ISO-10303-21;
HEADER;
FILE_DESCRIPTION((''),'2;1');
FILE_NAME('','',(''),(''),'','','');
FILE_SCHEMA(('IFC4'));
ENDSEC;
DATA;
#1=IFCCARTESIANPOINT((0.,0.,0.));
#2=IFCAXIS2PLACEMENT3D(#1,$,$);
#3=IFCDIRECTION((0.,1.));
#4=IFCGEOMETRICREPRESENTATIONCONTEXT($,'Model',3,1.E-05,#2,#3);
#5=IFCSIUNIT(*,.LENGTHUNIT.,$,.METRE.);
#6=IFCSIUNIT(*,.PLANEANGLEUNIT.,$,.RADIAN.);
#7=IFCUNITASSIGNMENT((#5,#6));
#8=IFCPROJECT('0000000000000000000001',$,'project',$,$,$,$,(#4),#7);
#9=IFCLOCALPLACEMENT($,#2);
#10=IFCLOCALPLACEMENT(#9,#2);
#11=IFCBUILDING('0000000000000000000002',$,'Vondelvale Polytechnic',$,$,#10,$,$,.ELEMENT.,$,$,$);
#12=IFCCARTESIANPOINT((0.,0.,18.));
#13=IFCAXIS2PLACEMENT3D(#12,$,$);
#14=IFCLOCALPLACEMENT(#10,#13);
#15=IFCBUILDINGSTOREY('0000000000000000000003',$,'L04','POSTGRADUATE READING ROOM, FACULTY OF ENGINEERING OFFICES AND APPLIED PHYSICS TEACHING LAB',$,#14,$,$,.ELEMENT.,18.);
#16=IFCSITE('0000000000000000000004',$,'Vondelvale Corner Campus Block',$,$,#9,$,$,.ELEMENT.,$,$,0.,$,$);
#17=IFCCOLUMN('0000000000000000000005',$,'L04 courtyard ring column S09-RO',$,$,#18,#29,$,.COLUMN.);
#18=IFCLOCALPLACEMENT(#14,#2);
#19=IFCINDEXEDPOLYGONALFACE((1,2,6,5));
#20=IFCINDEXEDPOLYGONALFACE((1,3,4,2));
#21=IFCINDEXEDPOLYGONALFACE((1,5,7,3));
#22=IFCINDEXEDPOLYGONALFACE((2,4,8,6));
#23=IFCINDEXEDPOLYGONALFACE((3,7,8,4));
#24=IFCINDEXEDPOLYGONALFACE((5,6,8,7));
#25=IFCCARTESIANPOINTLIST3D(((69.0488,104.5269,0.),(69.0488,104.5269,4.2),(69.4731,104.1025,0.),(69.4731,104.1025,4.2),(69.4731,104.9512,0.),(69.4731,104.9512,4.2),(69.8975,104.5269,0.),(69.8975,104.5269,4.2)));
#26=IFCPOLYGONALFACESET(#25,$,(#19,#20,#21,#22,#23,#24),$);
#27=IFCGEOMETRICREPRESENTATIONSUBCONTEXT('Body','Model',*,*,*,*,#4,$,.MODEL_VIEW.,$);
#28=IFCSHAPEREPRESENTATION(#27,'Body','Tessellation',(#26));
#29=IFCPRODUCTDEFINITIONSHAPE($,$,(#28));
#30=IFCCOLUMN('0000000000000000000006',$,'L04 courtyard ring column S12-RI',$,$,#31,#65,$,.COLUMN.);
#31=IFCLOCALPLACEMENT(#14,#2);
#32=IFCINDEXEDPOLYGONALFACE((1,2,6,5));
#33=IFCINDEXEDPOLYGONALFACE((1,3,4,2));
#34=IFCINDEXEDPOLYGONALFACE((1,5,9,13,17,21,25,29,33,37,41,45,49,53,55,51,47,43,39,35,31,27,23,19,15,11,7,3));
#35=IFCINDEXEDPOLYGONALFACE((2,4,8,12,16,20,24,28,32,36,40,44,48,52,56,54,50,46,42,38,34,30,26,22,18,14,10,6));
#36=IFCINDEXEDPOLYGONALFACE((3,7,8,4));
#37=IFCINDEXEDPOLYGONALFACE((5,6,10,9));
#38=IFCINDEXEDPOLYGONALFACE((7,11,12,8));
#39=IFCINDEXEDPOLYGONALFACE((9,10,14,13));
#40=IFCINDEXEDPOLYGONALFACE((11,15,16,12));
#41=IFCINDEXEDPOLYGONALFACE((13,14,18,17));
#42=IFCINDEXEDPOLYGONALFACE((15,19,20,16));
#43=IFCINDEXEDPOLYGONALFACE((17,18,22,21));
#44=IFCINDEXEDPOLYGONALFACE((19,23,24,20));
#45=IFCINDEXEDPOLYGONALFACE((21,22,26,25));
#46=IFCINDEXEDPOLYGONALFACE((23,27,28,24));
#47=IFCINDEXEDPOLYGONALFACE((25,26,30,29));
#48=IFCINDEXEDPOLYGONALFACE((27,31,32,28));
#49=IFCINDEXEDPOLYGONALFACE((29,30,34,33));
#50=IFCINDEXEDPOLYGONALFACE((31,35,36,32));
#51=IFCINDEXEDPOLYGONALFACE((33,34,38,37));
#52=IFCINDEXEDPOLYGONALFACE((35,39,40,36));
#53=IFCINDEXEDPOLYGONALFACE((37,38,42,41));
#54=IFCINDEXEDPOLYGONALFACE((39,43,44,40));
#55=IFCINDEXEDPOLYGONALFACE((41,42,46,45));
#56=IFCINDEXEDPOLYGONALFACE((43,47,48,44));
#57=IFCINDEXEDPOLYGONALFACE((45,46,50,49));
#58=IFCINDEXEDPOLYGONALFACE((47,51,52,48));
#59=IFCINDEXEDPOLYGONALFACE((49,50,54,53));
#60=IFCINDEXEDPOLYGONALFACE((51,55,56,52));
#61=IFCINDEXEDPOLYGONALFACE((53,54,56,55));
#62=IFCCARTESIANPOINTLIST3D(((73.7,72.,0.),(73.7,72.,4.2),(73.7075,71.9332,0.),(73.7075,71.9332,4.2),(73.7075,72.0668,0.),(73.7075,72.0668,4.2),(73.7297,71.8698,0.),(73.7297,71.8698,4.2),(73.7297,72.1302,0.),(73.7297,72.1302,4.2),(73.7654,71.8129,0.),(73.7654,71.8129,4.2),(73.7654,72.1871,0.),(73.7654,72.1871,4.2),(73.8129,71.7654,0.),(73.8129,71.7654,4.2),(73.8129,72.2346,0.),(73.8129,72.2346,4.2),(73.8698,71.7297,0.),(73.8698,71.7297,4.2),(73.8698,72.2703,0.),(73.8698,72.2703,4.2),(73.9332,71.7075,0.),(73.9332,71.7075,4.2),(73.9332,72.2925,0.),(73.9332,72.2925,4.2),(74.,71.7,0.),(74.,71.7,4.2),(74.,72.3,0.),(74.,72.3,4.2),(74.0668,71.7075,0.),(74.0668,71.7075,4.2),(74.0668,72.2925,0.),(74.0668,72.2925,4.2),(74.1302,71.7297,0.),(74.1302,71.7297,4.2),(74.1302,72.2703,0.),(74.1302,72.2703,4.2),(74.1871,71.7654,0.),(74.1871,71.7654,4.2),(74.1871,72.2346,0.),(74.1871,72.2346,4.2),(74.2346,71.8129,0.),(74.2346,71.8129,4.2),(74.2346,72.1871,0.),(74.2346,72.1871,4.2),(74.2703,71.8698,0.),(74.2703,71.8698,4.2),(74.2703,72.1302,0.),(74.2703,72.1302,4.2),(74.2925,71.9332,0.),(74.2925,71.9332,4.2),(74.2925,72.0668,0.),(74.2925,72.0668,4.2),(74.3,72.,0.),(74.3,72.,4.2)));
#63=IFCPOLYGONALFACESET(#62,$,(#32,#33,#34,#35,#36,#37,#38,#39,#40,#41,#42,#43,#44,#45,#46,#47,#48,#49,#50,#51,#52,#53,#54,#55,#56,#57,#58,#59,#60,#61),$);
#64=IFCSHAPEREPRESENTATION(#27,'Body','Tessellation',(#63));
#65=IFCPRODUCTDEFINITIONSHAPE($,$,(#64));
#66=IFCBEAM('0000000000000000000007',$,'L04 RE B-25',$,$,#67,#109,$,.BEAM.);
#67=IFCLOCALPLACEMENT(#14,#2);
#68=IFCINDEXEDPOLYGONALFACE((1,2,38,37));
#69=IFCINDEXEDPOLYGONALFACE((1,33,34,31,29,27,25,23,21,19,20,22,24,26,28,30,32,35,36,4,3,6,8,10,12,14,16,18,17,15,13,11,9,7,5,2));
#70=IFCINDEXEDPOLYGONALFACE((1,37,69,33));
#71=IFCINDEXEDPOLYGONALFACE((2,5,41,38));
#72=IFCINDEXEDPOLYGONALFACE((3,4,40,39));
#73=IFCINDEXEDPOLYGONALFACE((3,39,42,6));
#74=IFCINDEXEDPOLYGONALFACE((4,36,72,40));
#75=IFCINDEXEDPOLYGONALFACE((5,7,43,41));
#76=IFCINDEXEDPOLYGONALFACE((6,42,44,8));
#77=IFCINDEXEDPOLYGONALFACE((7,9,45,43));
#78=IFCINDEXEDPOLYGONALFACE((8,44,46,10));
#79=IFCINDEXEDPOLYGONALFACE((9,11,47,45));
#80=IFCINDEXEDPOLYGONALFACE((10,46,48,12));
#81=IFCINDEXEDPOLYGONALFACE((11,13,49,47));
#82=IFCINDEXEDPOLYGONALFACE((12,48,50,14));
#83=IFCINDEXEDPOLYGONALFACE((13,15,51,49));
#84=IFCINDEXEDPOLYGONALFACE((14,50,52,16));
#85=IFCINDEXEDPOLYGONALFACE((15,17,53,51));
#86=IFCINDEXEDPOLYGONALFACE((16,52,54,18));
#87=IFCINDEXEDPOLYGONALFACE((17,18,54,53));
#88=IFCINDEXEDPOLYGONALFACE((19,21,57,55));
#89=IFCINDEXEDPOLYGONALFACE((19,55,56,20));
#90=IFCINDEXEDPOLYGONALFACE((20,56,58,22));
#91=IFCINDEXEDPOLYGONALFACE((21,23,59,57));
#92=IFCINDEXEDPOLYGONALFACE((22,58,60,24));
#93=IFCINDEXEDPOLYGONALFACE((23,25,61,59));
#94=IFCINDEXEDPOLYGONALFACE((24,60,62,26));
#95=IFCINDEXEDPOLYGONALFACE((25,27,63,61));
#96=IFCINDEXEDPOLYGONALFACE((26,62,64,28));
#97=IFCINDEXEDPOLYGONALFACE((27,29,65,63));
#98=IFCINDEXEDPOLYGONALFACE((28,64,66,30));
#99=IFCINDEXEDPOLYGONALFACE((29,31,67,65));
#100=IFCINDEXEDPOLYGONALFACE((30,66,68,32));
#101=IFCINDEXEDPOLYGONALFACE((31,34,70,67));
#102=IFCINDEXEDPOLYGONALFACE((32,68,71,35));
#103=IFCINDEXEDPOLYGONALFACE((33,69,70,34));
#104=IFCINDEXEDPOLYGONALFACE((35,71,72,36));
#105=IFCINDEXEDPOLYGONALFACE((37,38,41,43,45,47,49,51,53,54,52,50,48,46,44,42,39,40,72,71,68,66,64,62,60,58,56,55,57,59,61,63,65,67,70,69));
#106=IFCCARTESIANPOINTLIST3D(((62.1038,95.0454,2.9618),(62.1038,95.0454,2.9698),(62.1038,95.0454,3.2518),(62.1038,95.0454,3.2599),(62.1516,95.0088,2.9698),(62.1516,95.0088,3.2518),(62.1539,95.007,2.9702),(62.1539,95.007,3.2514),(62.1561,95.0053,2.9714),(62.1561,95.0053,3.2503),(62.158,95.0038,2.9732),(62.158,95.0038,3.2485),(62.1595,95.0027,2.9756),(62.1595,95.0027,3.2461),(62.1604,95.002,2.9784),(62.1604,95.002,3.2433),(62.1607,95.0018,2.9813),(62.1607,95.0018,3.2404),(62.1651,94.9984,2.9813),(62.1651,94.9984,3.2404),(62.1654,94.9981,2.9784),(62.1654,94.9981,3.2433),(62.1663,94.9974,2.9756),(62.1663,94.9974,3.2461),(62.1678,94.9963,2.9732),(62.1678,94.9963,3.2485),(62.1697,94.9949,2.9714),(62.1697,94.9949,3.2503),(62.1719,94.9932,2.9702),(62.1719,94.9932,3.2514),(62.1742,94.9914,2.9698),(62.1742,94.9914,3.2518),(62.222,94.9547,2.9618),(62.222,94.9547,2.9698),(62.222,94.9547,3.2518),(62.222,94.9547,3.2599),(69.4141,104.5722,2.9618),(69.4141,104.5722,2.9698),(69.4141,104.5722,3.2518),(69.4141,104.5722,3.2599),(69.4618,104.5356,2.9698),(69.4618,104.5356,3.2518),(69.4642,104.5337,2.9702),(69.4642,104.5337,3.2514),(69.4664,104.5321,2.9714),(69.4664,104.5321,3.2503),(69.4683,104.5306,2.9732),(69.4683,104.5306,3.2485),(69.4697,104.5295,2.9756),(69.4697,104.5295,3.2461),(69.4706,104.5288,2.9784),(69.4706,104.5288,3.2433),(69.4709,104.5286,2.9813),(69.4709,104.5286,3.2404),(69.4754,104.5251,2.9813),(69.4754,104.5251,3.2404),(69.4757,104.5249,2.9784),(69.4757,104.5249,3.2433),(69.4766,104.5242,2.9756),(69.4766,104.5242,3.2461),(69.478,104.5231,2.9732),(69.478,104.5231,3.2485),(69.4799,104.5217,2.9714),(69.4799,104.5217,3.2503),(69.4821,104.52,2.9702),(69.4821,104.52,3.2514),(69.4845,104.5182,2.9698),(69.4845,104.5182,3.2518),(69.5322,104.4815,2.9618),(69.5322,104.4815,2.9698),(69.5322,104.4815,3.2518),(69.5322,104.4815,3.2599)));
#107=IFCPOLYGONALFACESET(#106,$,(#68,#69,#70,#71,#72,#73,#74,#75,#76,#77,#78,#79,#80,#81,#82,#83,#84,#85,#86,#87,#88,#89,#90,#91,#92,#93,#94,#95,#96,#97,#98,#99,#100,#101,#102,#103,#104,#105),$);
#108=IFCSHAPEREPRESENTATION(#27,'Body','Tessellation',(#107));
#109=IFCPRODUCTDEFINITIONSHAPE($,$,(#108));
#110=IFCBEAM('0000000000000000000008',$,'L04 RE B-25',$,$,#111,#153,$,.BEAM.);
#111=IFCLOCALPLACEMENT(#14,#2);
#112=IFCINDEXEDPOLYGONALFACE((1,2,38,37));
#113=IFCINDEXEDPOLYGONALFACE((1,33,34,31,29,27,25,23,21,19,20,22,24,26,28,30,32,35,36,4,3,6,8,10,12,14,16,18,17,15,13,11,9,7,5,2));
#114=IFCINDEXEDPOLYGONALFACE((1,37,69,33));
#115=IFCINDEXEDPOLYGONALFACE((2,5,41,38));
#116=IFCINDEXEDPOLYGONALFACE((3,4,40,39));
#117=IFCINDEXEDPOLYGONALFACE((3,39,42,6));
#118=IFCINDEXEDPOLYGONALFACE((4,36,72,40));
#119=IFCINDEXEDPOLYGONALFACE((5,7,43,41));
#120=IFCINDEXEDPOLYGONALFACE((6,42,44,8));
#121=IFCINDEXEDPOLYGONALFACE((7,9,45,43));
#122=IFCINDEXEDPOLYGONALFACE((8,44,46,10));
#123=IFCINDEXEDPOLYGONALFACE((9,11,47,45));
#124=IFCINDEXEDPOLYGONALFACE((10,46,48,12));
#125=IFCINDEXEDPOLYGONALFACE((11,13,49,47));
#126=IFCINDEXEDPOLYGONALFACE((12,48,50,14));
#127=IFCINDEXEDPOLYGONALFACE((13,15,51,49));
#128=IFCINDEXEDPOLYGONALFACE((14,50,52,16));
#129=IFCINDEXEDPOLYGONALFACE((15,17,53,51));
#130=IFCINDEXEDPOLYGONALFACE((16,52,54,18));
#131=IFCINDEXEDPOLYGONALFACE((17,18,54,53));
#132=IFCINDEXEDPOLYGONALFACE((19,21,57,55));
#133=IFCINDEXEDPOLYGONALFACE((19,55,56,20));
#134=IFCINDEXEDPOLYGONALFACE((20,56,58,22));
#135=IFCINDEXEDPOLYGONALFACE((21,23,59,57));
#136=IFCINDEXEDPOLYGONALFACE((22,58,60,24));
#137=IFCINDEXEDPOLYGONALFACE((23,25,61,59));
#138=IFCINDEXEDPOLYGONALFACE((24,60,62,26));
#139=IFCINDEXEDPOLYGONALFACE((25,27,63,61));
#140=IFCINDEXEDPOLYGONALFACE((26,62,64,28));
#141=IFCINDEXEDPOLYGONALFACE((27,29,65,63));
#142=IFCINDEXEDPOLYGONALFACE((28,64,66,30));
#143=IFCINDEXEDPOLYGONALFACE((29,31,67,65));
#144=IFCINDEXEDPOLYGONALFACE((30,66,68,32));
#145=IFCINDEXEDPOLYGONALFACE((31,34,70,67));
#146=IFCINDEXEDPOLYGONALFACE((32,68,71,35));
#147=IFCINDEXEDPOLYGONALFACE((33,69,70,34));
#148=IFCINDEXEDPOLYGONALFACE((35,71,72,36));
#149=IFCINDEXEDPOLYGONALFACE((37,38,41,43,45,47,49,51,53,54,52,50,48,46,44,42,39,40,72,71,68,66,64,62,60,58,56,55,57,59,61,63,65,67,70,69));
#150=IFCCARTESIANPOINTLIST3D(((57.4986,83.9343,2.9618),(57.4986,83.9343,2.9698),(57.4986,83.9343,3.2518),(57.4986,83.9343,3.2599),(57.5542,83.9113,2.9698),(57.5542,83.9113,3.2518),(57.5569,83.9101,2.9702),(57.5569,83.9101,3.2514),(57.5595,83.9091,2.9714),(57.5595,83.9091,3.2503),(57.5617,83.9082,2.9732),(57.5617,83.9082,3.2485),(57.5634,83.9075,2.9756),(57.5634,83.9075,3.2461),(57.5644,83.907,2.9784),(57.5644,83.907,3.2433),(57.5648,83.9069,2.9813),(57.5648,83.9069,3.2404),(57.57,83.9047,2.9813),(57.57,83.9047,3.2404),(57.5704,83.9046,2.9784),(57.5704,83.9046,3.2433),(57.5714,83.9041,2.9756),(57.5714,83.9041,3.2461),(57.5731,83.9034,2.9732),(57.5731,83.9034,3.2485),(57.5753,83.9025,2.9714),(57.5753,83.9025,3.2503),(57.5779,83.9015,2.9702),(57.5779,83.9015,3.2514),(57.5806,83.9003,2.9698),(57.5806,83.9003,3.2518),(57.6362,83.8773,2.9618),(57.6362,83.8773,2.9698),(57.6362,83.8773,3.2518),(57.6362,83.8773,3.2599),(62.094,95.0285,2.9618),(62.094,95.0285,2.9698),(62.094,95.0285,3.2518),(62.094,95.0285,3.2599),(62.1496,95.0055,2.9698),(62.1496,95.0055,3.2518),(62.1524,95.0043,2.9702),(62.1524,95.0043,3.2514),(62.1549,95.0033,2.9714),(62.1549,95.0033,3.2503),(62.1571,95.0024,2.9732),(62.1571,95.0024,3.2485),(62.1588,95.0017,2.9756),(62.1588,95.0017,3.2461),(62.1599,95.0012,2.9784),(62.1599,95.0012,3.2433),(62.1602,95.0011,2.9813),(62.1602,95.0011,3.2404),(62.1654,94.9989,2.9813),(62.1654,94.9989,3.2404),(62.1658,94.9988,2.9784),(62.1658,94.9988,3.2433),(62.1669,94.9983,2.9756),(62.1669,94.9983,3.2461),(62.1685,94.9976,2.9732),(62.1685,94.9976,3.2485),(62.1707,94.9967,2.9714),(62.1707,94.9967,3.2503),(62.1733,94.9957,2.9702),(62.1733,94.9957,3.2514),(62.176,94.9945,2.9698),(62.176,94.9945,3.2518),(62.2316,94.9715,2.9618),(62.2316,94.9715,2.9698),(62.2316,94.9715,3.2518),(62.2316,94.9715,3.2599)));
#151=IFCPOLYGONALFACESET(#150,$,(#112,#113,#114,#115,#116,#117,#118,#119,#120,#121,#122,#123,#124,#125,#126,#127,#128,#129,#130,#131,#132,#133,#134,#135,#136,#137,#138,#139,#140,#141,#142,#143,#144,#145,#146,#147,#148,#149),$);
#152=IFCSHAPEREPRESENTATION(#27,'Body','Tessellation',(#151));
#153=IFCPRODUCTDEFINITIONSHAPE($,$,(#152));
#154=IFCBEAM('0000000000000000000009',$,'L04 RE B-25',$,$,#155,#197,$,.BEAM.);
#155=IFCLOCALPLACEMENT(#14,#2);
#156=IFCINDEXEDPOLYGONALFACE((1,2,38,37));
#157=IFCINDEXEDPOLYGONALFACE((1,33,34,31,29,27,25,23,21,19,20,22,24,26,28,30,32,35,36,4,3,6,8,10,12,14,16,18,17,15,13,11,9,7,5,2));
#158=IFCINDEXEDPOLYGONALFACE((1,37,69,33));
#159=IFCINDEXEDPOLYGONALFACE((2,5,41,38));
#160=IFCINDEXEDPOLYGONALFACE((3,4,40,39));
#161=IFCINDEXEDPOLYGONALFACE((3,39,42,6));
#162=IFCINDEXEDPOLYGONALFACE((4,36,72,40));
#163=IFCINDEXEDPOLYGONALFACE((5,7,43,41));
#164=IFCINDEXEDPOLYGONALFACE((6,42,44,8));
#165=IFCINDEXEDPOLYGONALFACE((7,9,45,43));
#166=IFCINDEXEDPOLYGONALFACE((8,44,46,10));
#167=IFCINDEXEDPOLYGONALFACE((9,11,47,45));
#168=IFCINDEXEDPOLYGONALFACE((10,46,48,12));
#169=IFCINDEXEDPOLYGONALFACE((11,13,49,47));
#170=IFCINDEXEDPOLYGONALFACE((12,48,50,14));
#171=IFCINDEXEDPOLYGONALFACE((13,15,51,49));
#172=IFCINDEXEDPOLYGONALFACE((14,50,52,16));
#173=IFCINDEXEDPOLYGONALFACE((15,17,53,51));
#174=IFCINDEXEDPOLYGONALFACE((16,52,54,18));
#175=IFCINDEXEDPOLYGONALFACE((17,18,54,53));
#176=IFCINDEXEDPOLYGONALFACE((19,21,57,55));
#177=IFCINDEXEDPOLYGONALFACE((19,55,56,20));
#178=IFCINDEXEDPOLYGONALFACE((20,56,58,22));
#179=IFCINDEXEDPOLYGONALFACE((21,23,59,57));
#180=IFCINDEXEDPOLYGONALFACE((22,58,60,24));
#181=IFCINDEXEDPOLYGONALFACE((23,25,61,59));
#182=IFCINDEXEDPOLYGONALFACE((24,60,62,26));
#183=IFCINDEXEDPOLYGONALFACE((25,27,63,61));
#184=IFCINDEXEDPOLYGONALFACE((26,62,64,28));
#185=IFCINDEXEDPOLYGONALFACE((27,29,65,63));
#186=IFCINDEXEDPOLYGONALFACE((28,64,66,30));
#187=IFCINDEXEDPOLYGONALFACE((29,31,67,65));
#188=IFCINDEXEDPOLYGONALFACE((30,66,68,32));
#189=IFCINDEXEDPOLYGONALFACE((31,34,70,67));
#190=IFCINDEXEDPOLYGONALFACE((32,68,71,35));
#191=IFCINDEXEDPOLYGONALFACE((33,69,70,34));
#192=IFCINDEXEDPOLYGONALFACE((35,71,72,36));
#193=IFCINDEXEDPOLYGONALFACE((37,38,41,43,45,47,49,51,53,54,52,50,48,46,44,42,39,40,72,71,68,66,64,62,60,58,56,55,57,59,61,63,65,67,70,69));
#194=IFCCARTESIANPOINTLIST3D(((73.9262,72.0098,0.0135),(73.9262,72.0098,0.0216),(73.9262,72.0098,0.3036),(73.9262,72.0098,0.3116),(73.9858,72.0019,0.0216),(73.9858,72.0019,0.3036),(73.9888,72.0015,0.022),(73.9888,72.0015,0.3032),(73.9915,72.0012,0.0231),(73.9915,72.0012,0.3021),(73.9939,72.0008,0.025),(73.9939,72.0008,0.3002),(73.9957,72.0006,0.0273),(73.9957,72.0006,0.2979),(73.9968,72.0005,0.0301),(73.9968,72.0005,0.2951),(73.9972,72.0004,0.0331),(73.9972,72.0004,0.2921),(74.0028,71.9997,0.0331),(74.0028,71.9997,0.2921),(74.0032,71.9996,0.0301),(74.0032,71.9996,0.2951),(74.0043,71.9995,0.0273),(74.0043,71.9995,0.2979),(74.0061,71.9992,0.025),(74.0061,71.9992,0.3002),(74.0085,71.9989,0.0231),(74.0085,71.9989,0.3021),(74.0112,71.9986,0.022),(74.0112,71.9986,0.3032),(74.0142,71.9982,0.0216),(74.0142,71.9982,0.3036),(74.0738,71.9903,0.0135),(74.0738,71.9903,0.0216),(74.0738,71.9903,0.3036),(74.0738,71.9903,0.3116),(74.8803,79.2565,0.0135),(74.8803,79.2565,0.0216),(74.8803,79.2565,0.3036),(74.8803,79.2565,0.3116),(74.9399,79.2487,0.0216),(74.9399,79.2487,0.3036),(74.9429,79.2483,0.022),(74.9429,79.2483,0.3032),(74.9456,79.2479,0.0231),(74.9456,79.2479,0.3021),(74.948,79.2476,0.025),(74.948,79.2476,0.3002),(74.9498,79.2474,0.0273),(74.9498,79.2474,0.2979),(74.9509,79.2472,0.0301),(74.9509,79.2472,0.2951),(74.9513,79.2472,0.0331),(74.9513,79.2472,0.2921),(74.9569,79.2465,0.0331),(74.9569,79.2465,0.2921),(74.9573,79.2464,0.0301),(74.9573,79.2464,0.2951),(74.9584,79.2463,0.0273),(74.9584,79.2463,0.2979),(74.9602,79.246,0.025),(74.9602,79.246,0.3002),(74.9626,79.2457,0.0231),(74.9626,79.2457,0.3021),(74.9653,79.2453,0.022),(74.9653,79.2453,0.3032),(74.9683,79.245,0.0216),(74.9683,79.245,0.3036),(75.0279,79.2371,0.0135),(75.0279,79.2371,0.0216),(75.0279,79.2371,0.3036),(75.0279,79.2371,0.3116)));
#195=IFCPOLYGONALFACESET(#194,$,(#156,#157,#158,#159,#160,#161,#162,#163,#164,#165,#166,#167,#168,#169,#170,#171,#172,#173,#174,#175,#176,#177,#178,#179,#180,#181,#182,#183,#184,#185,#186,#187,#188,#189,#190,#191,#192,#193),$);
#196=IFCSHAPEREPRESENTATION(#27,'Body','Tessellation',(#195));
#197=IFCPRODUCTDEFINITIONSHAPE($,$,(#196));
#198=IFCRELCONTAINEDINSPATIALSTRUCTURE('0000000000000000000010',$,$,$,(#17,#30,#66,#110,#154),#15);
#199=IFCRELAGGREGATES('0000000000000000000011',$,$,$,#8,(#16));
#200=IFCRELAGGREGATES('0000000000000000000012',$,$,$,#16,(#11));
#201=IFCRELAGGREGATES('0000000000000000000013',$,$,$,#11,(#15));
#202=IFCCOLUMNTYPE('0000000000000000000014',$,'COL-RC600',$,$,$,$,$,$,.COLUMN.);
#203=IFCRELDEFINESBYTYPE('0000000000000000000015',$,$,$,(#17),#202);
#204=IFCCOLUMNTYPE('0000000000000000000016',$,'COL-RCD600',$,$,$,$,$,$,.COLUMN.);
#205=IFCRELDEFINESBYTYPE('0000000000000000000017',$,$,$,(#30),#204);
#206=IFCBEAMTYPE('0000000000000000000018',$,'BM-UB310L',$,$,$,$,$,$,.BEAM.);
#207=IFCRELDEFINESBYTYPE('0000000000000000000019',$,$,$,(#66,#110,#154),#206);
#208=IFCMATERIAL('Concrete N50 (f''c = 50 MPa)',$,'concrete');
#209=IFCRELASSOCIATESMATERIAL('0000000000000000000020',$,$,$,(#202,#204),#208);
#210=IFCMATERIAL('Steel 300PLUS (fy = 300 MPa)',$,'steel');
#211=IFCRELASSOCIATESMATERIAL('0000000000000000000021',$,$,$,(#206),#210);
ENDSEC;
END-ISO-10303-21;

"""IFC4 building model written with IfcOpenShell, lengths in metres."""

from ifc_helpers import new_model, si_unit, direction, frame, origin, origin_2d, place, context, subcontext, project, spatial, rectangle, circle, i_section, extrude, material, material_profile, profile_set, type_object, element, save


model = new_model("IFC4")

# Units and contexts
model_context = context("Model", 3, precision=1e-05, world=origin(), true_north=direction((0.0, 1.0)))
body_context = subcontext(model_context, "Body", "Model", "MODEL_VIEW")
ifc_project = project(units=[si_unit("LENGTHUNIT", "METRE"), si_unit("PLANEANGLEUNIT", "RADIAN")], contexts=[model_context])

# Site, building, storey
site_placement = place(None, origin())
site = spatial("IfcSite", under=ifc_project, at=site_placement, Name="Vondelvale Corner Campus Block", CompositionType="ELEMENT", RefElevation=0.0)
building_placement = place(site_placement, origin())
building = spatial("IfcBuilding", under=site, at=building_placement, Name="Vondelvale Polytechnic", CompositionType="ELEMENT")
storey_placement = place(building_placement, frame((0.0, 0.0, 18.0)))
storey = spatial("IfcBuildingStorey", under=building, at=storey_placement, Name="L04", Description="POSTGRADUATE READING ROOM, FACULTY OF ENGINEERING OFFICES AND APPLIED PHYSICS TEACHING LAB", CompositionType="ELEMENT", Elevation=18.0)

# Columns
ifc_material_1 = material(Name="Concrete N50 (f'c = 50 MPa)", Category="concrete")
ifc_material_profile_1 = material_profile(ifc_material_1, rectangle(XDim=0.6001, YDim=0.6001, at=origin_2d()), Name="RC-COL-600x600")
ifc_profile_set_1 = profile_set([ifc_material_profile_1], Name="Concrete N50 (f'c = 50 MPa)")
column_type_1 = type_object("IfcColumnType", Name="COL-RC600", PredefinedType="COLUMN", material=ifc_profile_set_1)
column_1_placement = place(storey_placement, frame((69.4731, 104.5269, 0.0), z_axis=(0.0, 0.0, 1.0), x_axis=(-0.707107, 0.707107, 0.0)))
element("IfcColumn", 1, at=column_1_placement, inside=storey, type_object=column_type_1, Name="L04 courtyard ring column S09-RO", PredefinedType="COLUMN", context=body_context, shape_type="SweptSolid", body=[
    extrude(rectangle(XDim=0.6001, YDim=0.6001, at=origin_2d()), origin(), (0.0, 0.0, 1.0), 4.2),
])
ifc_material_profile_2 = material_profile(ifc_material_1, circle(Radius=0.3, at=origin_2d()), Name="RC-COL-D600")
ifc_profile_set_2 = profile_set([ifc_material_profile_2], Name="Concrete N50 (f'c = 50 MPa)")
column_type_2 = type_object("IfcColumnType", Name="COL-RCD600", PredefinedType="COLUMN", material=ifc_profile_set_2)
column_2_placement = place(storey_placement, frame((74.0, 72.0, 0.0), z_axis=(0.0, 0.0, 1.0), x_axis=(1.0, 0.0, 0.0)))
element("IfcColumn", 2, at=column_2_placement, inside=storey, type_object=column_type_2, Name="L04 courtyard ring column S12-RI", PredefinedType="COLUMN", context=body_context, shape_type="SweptSolid", body=[
    extrude(circle(Radius=0.3, at=origin_2d()), origin(), (0.0, 0.0, 1.0), 4.2),
])

# Beams
ifc_material_2 = material(Name="Steel 300PLUS (fy = 300 MPa)", Category="steel")
ifc_material_profile_3 = material_profile(ifc_material_2, i_section(OverallWidth=0.1489, OverallDepth=0.2981, WebThickness=0.0056, FlangeThickness=0.0081, FilletRadius=0.0115, at=origin_2d()), Name="310UB32.0")
ifc_profile_set_3 = profile_set([ifc_material_profile_3], Name="Steel 300PLUS (fy = 300 MPa)")
beam_type_1 = type_object("IfcBeamType", Name="BM-UB310L", PredefinedType="BEAM", material=ifc_profile_set_3)
for number, where, z_axis, x_axis, name in (
    (3, (69.4731, 104.5269, 3.1108), (-0.608766, -0.79335, 0.0), (0.79335, -0.608766, 0.0), "L04 RE B-25"),
    (4, (62.1628, 95.0, 3.1108), (-0.382689, -0.923877, 0.0), (0.923877, -0.382689, 0.0), "L04 RE B-25"),
):
    element("IfcBeam", number, at=place(storey_placement, frame(where, z_axis=z_axis, x_axis=x_axis)), inside=storey, type_object=beam_type_1, Name=name, PredefinedType="BEAM", context=body_context, shape_type="SweptSolid", body=[
        extrude(i_section(OverallWidth=0.1489, OverallDepth=0.2981, WebThickness=0.0056, FlangeThickness=0.0081, FilletRadius=0.0115, at=origin_2d()), origin(), (0.0, 0.0, 1.0), 12.0083),
    ])
beam_1_placement = place(storey_placement, frame((74.9541, 79.2468, 0.1626), z_axis=(-0.130531, -0.991444, 0.0), x_axis=(0.991444, -0.130531, 0.0)))
element("IfcBeam", 5, at=beam_1_placement, inside=storey, type_object=beam_type_1, Name="L04 RE B-25", PredefinedType="BEAM", context=body_context, shape_type="SweptSolid", body=[
    extrude(i_section(OverallWidth=0.1489, OverallDepth=0.2981, WebThickness=0.0056, FlangeThickness=0.0081, FilletRadius=0.0115, at=origin_2d()), origin(), (0.0, 0.0, 1.0), 7.3093),
])

save(model, "model.ifc")
